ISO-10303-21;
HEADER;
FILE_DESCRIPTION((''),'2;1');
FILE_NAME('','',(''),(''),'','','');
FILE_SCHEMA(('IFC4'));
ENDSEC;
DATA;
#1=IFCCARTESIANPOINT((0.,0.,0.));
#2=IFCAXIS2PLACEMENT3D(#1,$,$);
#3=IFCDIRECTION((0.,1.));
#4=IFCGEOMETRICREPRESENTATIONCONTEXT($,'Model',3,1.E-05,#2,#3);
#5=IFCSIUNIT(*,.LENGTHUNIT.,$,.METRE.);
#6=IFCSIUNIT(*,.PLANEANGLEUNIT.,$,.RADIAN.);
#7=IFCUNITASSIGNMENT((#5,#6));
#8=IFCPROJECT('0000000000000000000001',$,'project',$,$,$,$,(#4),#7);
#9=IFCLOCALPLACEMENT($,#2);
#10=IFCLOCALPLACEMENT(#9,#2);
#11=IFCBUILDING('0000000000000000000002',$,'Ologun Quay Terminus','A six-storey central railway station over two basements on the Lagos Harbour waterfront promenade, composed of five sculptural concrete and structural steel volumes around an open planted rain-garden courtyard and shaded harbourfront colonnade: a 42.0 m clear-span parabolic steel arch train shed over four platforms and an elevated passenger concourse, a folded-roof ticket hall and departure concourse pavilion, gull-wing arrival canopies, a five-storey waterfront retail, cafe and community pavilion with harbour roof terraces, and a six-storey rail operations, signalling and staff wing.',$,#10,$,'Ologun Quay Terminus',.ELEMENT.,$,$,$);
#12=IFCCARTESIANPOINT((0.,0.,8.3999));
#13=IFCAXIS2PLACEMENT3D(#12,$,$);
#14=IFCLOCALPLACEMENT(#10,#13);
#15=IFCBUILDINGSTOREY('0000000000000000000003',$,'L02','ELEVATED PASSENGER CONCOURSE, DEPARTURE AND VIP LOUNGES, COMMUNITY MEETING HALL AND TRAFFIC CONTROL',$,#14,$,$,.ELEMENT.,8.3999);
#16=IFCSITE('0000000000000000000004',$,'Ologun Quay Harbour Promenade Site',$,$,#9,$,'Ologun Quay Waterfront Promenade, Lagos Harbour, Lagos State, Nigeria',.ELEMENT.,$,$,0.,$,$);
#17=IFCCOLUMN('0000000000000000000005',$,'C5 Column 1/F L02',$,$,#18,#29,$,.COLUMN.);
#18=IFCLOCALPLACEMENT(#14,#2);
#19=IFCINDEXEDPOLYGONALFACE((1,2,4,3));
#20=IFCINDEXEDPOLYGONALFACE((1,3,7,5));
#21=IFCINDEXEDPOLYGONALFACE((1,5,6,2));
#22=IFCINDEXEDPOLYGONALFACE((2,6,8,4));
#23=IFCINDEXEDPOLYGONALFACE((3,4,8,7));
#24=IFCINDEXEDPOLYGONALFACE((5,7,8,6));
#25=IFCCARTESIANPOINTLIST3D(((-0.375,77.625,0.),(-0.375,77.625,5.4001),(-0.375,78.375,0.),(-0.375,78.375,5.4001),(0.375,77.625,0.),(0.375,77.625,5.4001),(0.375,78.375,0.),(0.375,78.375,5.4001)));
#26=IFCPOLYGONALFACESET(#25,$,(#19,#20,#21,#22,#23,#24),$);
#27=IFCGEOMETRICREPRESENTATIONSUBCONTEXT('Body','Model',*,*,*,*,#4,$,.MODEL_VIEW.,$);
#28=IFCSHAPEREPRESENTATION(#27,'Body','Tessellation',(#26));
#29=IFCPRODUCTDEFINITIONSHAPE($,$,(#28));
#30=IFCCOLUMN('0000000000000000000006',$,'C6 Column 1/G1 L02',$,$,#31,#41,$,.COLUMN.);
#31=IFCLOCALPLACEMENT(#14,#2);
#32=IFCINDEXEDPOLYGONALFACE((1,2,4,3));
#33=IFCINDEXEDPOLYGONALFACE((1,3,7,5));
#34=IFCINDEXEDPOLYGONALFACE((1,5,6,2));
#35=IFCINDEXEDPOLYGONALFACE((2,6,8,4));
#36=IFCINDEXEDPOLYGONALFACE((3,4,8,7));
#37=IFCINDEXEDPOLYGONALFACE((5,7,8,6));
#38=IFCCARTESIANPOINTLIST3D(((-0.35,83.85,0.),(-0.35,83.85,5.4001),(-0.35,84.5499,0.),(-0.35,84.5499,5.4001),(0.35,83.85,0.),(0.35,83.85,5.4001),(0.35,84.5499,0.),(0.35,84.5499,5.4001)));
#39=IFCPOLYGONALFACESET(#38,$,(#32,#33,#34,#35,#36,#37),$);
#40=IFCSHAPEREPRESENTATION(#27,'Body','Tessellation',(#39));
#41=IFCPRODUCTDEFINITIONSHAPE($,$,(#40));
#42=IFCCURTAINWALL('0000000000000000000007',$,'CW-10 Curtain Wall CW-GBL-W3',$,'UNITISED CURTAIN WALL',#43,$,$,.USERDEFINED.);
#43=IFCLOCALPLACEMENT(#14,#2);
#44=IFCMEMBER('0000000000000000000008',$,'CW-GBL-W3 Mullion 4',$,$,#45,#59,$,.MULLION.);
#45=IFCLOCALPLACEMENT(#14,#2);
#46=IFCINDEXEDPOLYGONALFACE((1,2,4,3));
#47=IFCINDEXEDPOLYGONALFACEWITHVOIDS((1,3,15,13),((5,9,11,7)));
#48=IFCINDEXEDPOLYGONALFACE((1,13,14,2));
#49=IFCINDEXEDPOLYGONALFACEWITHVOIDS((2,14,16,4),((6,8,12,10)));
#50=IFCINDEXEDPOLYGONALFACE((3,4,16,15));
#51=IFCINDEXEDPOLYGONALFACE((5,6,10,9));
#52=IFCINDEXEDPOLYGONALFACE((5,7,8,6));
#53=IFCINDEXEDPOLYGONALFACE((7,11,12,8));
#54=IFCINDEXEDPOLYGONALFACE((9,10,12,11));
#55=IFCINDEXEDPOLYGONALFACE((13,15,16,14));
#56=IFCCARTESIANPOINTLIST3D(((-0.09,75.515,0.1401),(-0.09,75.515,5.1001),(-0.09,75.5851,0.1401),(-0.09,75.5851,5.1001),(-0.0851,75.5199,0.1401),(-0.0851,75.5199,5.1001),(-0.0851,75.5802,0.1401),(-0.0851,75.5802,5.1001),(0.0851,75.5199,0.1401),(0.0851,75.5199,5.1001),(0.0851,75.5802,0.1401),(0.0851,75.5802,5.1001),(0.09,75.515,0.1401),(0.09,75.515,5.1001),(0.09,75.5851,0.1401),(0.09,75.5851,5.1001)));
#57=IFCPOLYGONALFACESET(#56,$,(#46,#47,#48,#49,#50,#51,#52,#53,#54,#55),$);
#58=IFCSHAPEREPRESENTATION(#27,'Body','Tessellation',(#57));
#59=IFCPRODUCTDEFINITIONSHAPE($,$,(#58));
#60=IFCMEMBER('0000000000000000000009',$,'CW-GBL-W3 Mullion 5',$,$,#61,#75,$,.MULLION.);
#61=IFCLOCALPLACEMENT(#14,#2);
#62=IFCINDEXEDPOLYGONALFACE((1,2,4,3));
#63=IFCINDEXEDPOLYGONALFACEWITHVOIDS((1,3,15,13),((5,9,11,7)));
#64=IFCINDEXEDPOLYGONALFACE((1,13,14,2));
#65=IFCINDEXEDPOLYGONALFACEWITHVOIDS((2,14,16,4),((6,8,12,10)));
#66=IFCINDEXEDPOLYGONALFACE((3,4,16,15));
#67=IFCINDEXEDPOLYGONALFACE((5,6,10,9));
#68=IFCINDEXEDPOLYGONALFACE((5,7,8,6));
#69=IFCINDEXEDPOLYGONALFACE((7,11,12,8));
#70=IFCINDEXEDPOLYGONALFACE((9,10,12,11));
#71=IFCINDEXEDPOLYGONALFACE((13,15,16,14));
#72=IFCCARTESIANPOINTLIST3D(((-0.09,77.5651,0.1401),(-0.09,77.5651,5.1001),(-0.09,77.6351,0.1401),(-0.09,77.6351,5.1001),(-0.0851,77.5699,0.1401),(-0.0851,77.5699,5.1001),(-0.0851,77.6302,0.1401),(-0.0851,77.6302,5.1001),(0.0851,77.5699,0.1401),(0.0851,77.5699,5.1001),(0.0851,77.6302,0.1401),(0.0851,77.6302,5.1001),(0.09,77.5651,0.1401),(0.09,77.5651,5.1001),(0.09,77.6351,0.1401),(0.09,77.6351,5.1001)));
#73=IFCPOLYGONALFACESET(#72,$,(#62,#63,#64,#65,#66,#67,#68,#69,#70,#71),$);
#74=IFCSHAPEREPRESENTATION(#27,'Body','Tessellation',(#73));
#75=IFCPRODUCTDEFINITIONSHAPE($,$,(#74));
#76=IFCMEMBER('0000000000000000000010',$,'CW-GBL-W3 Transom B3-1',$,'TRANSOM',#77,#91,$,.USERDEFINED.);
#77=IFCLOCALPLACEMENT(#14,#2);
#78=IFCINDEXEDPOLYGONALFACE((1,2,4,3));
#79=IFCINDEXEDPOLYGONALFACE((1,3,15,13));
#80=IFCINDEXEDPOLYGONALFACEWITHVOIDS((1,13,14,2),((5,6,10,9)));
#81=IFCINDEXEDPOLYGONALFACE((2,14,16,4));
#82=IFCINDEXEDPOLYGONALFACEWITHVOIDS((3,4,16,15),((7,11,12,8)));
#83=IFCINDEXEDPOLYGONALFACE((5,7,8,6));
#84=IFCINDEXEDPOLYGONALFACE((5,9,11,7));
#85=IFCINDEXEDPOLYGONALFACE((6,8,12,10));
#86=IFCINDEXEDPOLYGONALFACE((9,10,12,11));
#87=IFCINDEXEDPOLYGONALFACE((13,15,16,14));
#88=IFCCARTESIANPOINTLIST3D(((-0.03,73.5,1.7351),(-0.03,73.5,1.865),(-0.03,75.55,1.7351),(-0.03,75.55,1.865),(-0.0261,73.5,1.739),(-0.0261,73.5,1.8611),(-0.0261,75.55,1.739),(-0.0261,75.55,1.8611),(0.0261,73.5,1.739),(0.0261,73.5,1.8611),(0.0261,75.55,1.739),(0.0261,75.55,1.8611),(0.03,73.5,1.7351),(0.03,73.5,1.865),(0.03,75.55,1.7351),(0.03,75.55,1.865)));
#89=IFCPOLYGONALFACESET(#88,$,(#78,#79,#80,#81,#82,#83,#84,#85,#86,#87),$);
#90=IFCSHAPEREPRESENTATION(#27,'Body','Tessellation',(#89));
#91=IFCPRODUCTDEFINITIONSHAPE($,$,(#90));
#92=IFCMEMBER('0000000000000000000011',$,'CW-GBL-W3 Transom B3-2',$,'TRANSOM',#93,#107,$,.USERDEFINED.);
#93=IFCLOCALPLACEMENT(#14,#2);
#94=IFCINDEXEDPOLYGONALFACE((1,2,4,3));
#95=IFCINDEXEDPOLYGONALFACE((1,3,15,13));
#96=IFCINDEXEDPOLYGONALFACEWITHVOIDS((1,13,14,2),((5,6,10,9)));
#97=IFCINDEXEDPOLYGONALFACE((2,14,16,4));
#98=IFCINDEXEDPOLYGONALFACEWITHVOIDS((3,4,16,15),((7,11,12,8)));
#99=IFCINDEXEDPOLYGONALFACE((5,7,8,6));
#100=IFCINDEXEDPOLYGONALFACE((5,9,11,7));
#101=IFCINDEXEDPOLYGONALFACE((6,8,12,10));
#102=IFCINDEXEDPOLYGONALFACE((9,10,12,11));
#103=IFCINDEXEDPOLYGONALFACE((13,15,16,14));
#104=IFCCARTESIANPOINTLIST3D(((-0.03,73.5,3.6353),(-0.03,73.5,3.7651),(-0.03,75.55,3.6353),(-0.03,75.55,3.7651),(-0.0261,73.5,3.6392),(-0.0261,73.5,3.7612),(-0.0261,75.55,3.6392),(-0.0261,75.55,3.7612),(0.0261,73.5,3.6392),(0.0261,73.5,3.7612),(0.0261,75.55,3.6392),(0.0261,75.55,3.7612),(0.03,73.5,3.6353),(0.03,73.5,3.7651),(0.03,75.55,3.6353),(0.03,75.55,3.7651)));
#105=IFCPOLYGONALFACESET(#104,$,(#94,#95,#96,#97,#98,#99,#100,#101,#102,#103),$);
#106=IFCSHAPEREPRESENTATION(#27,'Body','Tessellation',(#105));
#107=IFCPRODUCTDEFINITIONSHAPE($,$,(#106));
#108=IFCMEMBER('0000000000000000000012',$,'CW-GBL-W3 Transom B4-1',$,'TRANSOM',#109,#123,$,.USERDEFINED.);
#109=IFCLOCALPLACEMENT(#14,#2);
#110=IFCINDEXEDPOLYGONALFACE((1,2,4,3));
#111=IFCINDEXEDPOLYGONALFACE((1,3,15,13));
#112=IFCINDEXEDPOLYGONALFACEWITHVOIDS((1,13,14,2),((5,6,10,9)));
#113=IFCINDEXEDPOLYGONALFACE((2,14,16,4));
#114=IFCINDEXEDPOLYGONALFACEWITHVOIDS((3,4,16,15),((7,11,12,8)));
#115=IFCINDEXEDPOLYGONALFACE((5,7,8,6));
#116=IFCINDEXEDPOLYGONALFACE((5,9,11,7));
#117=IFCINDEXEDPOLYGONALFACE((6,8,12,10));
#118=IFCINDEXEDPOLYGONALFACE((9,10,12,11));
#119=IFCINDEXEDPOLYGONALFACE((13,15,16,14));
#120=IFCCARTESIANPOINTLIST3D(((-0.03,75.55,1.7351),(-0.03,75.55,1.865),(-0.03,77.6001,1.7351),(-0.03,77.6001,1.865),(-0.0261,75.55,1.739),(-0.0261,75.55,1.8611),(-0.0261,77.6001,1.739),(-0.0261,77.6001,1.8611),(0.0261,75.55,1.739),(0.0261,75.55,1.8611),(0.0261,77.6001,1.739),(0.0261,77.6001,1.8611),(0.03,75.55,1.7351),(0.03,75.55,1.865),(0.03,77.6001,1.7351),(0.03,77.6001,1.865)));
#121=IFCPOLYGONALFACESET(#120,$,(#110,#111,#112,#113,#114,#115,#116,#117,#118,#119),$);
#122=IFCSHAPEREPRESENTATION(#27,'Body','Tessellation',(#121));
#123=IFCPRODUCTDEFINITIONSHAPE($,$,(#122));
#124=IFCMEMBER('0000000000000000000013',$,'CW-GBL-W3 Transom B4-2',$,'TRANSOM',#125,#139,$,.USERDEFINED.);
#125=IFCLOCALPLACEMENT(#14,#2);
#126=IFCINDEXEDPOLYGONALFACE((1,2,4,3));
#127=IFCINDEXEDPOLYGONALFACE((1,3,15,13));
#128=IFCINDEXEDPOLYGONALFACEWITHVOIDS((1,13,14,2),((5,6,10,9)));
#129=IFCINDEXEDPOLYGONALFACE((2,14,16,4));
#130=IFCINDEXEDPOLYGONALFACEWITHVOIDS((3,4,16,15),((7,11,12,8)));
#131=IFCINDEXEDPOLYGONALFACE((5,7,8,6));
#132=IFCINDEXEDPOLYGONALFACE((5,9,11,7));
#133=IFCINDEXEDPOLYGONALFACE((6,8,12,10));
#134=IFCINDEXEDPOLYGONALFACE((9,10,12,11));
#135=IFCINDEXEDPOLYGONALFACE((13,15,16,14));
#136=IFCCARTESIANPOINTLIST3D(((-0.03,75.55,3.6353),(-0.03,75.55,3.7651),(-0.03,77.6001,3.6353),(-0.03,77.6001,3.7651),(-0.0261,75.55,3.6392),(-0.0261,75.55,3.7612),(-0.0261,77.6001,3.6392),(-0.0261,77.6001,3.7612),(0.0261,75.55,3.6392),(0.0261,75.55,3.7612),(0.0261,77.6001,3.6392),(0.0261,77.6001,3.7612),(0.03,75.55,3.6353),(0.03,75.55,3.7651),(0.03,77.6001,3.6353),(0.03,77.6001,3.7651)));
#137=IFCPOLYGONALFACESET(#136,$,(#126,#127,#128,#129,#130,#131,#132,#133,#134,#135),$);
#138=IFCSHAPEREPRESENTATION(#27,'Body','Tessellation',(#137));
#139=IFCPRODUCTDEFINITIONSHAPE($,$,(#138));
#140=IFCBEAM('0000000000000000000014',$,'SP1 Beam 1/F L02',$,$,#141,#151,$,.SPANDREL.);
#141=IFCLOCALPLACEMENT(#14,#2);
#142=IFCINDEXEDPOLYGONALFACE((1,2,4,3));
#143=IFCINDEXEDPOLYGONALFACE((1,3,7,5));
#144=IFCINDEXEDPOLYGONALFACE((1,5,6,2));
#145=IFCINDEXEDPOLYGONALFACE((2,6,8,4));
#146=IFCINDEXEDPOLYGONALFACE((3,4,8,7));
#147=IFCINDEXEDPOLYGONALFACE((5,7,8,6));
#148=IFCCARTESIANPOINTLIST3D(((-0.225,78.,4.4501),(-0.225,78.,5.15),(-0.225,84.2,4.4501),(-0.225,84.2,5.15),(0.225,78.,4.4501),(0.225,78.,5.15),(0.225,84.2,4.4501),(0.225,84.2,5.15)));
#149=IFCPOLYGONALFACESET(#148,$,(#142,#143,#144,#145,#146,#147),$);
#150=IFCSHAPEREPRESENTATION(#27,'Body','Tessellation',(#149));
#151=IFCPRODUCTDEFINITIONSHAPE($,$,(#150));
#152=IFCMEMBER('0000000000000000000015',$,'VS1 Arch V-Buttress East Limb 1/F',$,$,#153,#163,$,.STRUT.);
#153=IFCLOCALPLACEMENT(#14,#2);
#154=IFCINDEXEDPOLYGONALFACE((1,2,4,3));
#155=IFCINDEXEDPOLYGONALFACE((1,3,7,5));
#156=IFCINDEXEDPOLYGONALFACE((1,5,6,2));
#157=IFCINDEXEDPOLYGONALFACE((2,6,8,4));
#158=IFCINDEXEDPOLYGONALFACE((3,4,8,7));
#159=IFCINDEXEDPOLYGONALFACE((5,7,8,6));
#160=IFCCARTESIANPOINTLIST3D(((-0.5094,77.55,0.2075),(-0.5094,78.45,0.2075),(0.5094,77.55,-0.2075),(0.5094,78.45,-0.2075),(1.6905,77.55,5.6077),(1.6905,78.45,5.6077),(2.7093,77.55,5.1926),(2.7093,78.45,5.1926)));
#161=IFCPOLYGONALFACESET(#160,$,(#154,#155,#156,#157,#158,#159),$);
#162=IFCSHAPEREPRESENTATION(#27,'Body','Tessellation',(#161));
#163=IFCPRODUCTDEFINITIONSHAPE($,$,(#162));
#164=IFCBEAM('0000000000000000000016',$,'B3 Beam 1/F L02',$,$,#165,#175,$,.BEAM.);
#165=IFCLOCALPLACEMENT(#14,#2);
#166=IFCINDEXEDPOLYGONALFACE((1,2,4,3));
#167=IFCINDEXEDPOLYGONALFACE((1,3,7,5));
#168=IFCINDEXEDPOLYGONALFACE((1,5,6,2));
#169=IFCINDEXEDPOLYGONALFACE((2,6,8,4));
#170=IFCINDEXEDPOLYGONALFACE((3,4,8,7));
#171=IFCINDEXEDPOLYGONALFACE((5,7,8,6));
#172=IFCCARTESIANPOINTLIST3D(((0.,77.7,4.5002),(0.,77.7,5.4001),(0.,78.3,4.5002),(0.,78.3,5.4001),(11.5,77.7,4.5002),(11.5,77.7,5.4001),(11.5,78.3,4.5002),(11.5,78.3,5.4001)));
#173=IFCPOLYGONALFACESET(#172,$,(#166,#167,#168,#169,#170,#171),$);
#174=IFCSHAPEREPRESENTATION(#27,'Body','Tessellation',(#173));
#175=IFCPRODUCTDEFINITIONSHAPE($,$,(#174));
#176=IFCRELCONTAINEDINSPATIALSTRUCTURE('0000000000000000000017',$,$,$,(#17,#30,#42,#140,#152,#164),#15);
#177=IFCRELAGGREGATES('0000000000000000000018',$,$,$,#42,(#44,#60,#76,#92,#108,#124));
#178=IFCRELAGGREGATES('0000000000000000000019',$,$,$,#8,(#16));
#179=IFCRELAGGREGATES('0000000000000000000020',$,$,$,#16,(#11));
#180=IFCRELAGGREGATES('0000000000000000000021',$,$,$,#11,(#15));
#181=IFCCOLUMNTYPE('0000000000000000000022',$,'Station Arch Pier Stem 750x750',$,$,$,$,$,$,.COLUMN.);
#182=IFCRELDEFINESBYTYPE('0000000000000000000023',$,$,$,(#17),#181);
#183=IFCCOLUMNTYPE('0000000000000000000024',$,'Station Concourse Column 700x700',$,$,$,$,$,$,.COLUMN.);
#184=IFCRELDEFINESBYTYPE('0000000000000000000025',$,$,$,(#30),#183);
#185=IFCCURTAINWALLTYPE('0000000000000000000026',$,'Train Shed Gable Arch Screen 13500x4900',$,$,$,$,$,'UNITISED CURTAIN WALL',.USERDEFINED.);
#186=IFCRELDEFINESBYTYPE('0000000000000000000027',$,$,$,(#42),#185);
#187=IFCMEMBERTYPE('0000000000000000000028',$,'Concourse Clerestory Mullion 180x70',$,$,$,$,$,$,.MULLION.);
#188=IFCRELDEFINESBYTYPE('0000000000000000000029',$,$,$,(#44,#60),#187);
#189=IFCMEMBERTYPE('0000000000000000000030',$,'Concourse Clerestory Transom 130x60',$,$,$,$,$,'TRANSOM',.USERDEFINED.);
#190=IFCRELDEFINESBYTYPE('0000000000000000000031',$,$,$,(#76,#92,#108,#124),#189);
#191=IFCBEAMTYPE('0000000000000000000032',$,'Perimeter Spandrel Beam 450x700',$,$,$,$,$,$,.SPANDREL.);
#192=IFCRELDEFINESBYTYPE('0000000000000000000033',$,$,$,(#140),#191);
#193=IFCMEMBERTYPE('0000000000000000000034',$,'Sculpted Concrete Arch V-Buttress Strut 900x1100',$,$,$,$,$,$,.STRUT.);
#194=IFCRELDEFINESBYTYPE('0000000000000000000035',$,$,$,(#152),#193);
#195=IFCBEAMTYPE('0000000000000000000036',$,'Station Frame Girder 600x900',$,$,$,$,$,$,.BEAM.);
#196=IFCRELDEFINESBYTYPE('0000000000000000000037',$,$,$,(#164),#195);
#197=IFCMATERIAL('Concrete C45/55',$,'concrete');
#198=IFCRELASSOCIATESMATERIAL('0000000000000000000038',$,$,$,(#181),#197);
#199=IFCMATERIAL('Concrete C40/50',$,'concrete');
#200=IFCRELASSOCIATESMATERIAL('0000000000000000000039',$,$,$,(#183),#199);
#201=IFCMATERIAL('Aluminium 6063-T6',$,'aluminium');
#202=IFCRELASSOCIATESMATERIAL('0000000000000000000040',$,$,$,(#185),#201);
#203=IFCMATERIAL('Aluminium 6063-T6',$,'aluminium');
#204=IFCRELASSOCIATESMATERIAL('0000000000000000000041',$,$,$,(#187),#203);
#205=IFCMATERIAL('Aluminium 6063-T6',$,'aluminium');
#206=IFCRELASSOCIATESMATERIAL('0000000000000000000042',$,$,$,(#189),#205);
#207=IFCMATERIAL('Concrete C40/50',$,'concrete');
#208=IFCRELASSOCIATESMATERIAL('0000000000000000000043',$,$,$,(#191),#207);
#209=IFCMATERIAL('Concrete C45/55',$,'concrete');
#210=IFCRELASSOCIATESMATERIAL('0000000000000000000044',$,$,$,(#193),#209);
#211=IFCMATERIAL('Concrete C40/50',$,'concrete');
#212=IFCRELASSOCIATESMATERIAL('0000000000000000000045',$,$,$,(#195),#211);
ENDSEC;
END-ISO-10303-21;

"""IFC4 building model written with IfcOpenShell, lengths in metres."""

from ifc_helpers import new_model, si_unit, direction, frame, origin, origin_2d, place, context, subcontext, project, spatial, rectangle, hollow_rectangle, extrude, material, material_profile, profile_set, type_object, element, aggregate, save


model = new_model("IFC4")

# Units and contexts
model_context = context("Model", 3, precision=1e-05, world=origin(), true_north=direction((0.0, 1.0)))
body_context = subcontext(model_context, "Body", "Model", "MODEL_VIEW")
ifc_project = project(units=[si_unit("LENGTHUNIT", "METRE"), si_unit("PLANEANGLEUNIT", "RADIAN")], contexts=[model_context])

# Site, building, storey
site_placement = place(None, origin())
site = spatial("IfcSite", under=ifc_project, at=site_placement, Name="Ologun Quay Harbour Promenade Site", LongName="Ologun Quay Waterfront Promenade, Lagos Harbour, Lagos State, Nigeria", CompositionType="ELEMENT", RefElevation=0.0)
building_placement = place(site_placement, origin())
building = spatial("IfcBuilding", under=site, at=building_placement, Name="Ologun Quay Terminus", Description="A six-storey central railway station over two basements on the Lagos Harbour waterfront promenade, composed of five sculptural concrete and structural steel volumes around an open planted rain-garden courtyard and shaded harbourfront colonnade: a 42.0 m clear-span parabolic steel arch train shed over four platforms and an elevated passenger concourse, a folded-roof ticket hall and departure concourse pavilion, gull-wing arrival canopies, a five-storey waterfront retail, cafe and community pavilion with harbour roof terraces, and a six-storey rail operations, signalling and staff wing.", LongName="Ologun Quay Terminus", CompositionType="ELEMENT")
storey_placement = place(building_placement, frame((0.0, 0.0, 8.3999)))
storey = spatial("IfcBuildingStorey", under=building, at=storey_placement, Name="L02", Description="ELEVATED PASSENGER CONCOURSE, DEPARTURE AND VIP LOUNGES, COMMUNITY MEETING HALL AND TRAFFIC CONTROL", CompositionType="ELEMENT", Elevation=8.3999)

# Columns
ifc_material_1 = material(Name="Concrete C45/55", Category="concrete")
ifc_material_profile_1 = material_profile(ifc_material_1, rectangle(XDim=0.75, YDim=0.75, at=origin_2d()), Name="RC 750x750")
ifc_profile_set_1 = profile_set([ifc_material_profile_1], Name="Concrete C45/55")
column_type_1 = type_object("IfcColumnType", Name="Station Arch Pier Stem 750x750", PredefinedType="COLUMN", material=ifc_profile_set_1)
column_1_placement = place(storey_placement, frame((0.0, 78.0, 0.0), z_axis=(0.0, 0.0, 1.0), x_axis=(1.0, 0.0, 0.0)))
element("IfcColumn", 1, at=column_1_placement, inside=storey, type_object=column_type_1, Name="C5 Column 1/F L02", PredefinedType="COLUMN", context=body_context, shape_type="SweptSolid", body=[
    extrude(rectangle(XDim=0.75, YDim=0.75, at=origin_2d()), origin(), (0.0, 0.0, 1.0), 5.4001),
])
ifc_material_2 = material(Name="Concrete C40/50", Category="concrete")
ifc_material_profile_2 = material_profile(ifc_material_2, rectangle(XDim=0.7, YDim=0.7, at=origin_2d()), Name="RC 700x700")
ifc_profile_set_2 = profile_set([ifc_material_profile_2], Name="Concrete C40/50")
column_type_2 = type_object("IfcColumnType", Name="Station Concourse Column 700x700", PredefinedType="COLUMN", material=ifc_profile_set_2)
column_2_placement = place(storey_placement, frame((0.0, 84.2, 0.0), z_axis=(0.0, 0.0, 1.0), x_axis=(1.0, 0.0, 0.0)))
element("IfcColumn", 2, at=column_2_placement, inside=storey, type_object=column_type_2, Name="C6 Column 1/G1 L02", PredefinedType="COLUMN", context=body_context, shape_type="SweptSolid", body=[
    extrude(rectangle(XDim=0.7, YDim=0.7, at=origin_2d()), origin(), (0.0, 0.0, 1.0), 5.4001),
])

# Curtain wall, members
ifc_material_3 = material(Name="Aluminium 6063-T6", Category="aluminium")
curtain_wall_type = type_object("IfcCurtainWallType", Name="Train Shed Gable Arch Screen 13500x4900", ElementType="UNITISED CURTAIN WALL", PredefinedType="USERDEFINED", material=ifc_material_3)
curtain_wall_placement = place(storey_placement, origin())
curtain_wall = element("IfcCurtainWall", 3, at=curtain_wall_placement, inside=storey, type_object=curtain_wall_type, Name="CW-10 Curtain Wall CW-GBL-W3", ObjectType="UNITISED CURTAIN WALL", PredefinedType="USERDEFINED")
ifc_material_4 = material(Name="Aluminium 6063-T6", Category="aluminium")
ifc_material_profile_3 = material_profile(ifc_material_4, hollow_rectangle(XDim=0.0701, YDim=0.1799, WallThickness=0.0049, at=origin_2d()), Name="ALU 180x70x5")
ifc_profile_set_3 = profile_set([ifc_material_profile_3], Name="Aluminium 6063-T6")
member_type_1 = type_object("IfcMemberType", Name="Concourse Clerestory Mullion 180x70", PredefinedType="MULLION", material=ifc_profile_set_3)
member_1_placement = place(storey_placement, frame((0.0, 75.55, 0.1401), z_axis=(0.0, 0.0, 1.0), x_axis=(0.0, 1.0, 0.0)))
member_1 = element("IfcMember", 4, at=member_1_placement, type_object=member_type_1, Name="CW-GBL-W3 Mullion 4", PredefinedType="MULLION", context=body_context, shape_type="SweptSolid", body=[
    extrude(hollow_rectangle(XDim=0.0701, YDim=0.1799, WallThickness=0.0049, at=origin_2d()), origin(), (0.0, 0.0, 1.0), 4.96),
])
member_2_placement = place(storey_placement, frame((0.0, 77.6001, 0.1401), z_axis=(0.0, 0.0, 1.0), x_axis=(0.0, 1.0, 0.0)))
member_2 = element("IfcMember", 5, at=member_2_placement, type_object=member_type_1, Name="CW-GBL-W3 Mullion 5", PredefinedType="MULLION", context=body_context, shape_type="SweptSolid", body=[
    extrude(hollow_rectangle(XDim=0.0701, YDim=0.1799, WallThickness=0.0049, at=origin_2d()), origin(), (0.0, 0.0, 1.0), 4.96),
])
ifc_material_5 = material(Name="Aluminium 6063-T6", Category="aluminium")
ifc_material_profile_4 = material_profile(ifc_material_5, hollow_rectangle(XDim=0.0601, YDim=0.1299, WallThickness=0.0039, at=origin_2d()), Name="ALU 130x60x4")
ifc_profile_set_4 = profile_set([ifc_material_profile_4], Name="Aluminium 6063-T6")
member_type_2 = type_object("IfcMemberType", Name="Concourse Clerestory Transom 130x60", ElementType="TRANSOM", PredefinedType="USERDEFINED", material=ifc_profile_set_4)
member_3_placement = place(storey_placement, frame((0.0, 73.5, 1.8), z_axis=(0.0, 1.0, 0.0), x_axis=(-1.0, 0.0, 0.0)))
member_3 = element("IfcMember", 6, at=member_3_placement, type_object=member_type_2, Name="CW-GBL-W3 Transom B3-1", ObjectType="TRANSOM", PredefinedType="USERDEFINED", context=body_context, shape_type="SweptSolid", body=[
    extrude(hollow_rectangle(XDim=0.0601, YDim=0.1299, WallThickness=0.0039, at=origin_2d()), origin(), (0.0, 0.0, 1.0), 2.05),
])
member_4_placement = place(storey_placement, frame((0.0, 73.5, 3.7002), z_axis=(0.0, 1.0, 0.0), x_axis=(-1.0, 0.0, 0.0)))
member_4 = element("IfcMember", 7, at=member_4_placement, type_object=member_type_2, Name="CW-GBL-W3 Transom B3-2", ObjectType="TRANSOM", PredefinedType="USERDEFINED", context=body_context, shape_type="SweptSolid", body=[
    extrude(hollow_rectangle(XDim=0.0601, YDim=0.1299, WallThickness=0.0039, at=origin_2d()), origin(), (0.0, 0.0, 1.0), 2.05),
])
member_5_placement = place(storey_placement, frame((0.0, 75.55, 1.8), z_axis=(0.0, 1.0, 0.0), x_axis=(-1.0, 0.0, 0.0)))
member_5 = element("IfcMember", 8, at=member_5_placement, type_object=member_type_2, Name="CW-GBL-W3 Transom B4-1", ObjectType="TRANSOM", PredefinedType="USERDEFINED", context=body_context, shape_type="SweptSolid", body=[
    extrude(hollow_rectangle(XDim=0.0601, YDim=0.1299, WallThickness=0.0039, at=origin_2d()), origin(), (0.0, 0.0, 1.0), 2.05),
])
member_6_placement = place(storey_placement, frame((0.0, 75.55, 3.7002), z_axis=(0.0, 1.0, 0.0), x_axis=(-1.0, 0.0, 0.0)))
member_6 = element("IfcMember", 9, at=member_6_placement, type_object=member_type_2, Name="CW-GBL-W3 Transom B4-2", ObjectType="TRANSOM", PredefinedType="USERDEFINED", context=body_context, shape_type="SweptSolid", body=[
    extrude(hollow_rectangle(XDim=0.0601, YDim=0.1299, WallThickness=0.0039, at=origin_2d()), origin(), (0.0, 0.0, 1.0), 2.05),
])

# Beam
ifc_material_6 = material(Name="Concrete C40/50", Category="concrete")
ifc_material_profile_5 = material_profile(ifc_material_6, rectangle(XDim=0.45, YDim=0.7, at=origin_2d()), Name="RC 450x700")
ifc_profile_set_5 = profile_set([ifc_material_profile_5], Name="Concrete C40/50")
beam_type_1 = type_object("IfcBeamType", Name="Perimeter Spandrel Beam 450x700", PredefinedType="SPANDREL", material=ifc_profile_set_5)
beam_placement = place(storey_placement, frame((0.0, 78.0, 4.8), z_axis=(0.0, 1.0, 0.0), x_axis=(-1.0, 0.0, 0.0)))
element("IfcBeam", 10, at=beam_placement, inside=storey, type_object=beam_type_1, Name="SP1 Beam 1/F L02", PredefinedType="SPANDREL", context=body_context, shape_type="SweptSolid", body=[
    extrude(rectangle(XDim=0.45, YDim=0.7, at=origin_2d()), origin(), (0.0, 0.0, 1.0), 6.2),
])

# Member
ifc_material_7 = material(Name="Concrete C45/55", Category="concrete")
ifc_material_profile_6 = material_profile(ifc_material_7, rectangle(XDim=0.8999, YDim=1.1001, at=origin_2d()), Name="RC 900x1100")
ifc_profile_set_6 = profile_set([ifc_material_profile_6], Name="Concrete C45/55")
member_type_3 = type_object("IfcMemberType", Name="Sculpted Concrete Arch V-Buttress Strut 900x1100", PredefinedType="STRUT", material=ifc_profile_set_6)
member_7_placement = place(storey_placement, frame((0.0, 78.0, 0.0), z_axis=(0.377281, 0.0, 0.926099), x_axis=(0.0, 1.0, 0.0)))
element("IfcMember", 11, at=member_7_placement, inside=storey, type_object=member_type_3, Name="VS1 Arch V-Buttress East Limb 1/F", PredefinedType="STRUT", context=body_context, shape_type="SweptSolid", body=[
    extrude(rectangle(XDim=0.8999, YDim=1.1001, at=origin_2d()), origin(), (0.0, 0.0, 1.0), 5.8311),
])

# Beam
ifc_material_8 = material(Name="Concrete C40/50", Category="concrete")
ifc_material_profile_7 = material_profile(ifc_material_8, rectangle(XDim=0.6001, YDim=0.8999, at=origin_2d()), Name="RC 600x900")
ifc_profile_set_7 = profile_set([ifc_material_profile_7], Name="Concrete C40/50")
beam_type_2 = type_object("IfcBeamType", Name="Station Frame Girder 600x900", PredefinedType="BEAM", material=ifc_profile_set_7)
for number, where, z_axis, x_axis, name in (
    (12, (0.0, 78.0, 4.9502), (1.0, 0.0, 0.0), (0.0, 1.0, 0.0), "B3 Beam 1/F L02"),
):
    element("IfcBeam", number, at=place(storey_placement, frame(where, z_axis=z_axis, x_axis=x_axis)), inside=storey, type_object=beam_type_2, Name=name, PredefinedType="BEAM", context=body_context, shape_type="SweptSolid", body=[
        extrude(rectangle(XDim=0.6001, YDim=0.8999, at=origin_2d()), origin(), (0.0, 0.0, 1.0), 11.5),
    ])

aggregate(curtain_wall, [member_1, member_2, member_3, member_4, member_5, member_6])

save(model, "model.ifc")
